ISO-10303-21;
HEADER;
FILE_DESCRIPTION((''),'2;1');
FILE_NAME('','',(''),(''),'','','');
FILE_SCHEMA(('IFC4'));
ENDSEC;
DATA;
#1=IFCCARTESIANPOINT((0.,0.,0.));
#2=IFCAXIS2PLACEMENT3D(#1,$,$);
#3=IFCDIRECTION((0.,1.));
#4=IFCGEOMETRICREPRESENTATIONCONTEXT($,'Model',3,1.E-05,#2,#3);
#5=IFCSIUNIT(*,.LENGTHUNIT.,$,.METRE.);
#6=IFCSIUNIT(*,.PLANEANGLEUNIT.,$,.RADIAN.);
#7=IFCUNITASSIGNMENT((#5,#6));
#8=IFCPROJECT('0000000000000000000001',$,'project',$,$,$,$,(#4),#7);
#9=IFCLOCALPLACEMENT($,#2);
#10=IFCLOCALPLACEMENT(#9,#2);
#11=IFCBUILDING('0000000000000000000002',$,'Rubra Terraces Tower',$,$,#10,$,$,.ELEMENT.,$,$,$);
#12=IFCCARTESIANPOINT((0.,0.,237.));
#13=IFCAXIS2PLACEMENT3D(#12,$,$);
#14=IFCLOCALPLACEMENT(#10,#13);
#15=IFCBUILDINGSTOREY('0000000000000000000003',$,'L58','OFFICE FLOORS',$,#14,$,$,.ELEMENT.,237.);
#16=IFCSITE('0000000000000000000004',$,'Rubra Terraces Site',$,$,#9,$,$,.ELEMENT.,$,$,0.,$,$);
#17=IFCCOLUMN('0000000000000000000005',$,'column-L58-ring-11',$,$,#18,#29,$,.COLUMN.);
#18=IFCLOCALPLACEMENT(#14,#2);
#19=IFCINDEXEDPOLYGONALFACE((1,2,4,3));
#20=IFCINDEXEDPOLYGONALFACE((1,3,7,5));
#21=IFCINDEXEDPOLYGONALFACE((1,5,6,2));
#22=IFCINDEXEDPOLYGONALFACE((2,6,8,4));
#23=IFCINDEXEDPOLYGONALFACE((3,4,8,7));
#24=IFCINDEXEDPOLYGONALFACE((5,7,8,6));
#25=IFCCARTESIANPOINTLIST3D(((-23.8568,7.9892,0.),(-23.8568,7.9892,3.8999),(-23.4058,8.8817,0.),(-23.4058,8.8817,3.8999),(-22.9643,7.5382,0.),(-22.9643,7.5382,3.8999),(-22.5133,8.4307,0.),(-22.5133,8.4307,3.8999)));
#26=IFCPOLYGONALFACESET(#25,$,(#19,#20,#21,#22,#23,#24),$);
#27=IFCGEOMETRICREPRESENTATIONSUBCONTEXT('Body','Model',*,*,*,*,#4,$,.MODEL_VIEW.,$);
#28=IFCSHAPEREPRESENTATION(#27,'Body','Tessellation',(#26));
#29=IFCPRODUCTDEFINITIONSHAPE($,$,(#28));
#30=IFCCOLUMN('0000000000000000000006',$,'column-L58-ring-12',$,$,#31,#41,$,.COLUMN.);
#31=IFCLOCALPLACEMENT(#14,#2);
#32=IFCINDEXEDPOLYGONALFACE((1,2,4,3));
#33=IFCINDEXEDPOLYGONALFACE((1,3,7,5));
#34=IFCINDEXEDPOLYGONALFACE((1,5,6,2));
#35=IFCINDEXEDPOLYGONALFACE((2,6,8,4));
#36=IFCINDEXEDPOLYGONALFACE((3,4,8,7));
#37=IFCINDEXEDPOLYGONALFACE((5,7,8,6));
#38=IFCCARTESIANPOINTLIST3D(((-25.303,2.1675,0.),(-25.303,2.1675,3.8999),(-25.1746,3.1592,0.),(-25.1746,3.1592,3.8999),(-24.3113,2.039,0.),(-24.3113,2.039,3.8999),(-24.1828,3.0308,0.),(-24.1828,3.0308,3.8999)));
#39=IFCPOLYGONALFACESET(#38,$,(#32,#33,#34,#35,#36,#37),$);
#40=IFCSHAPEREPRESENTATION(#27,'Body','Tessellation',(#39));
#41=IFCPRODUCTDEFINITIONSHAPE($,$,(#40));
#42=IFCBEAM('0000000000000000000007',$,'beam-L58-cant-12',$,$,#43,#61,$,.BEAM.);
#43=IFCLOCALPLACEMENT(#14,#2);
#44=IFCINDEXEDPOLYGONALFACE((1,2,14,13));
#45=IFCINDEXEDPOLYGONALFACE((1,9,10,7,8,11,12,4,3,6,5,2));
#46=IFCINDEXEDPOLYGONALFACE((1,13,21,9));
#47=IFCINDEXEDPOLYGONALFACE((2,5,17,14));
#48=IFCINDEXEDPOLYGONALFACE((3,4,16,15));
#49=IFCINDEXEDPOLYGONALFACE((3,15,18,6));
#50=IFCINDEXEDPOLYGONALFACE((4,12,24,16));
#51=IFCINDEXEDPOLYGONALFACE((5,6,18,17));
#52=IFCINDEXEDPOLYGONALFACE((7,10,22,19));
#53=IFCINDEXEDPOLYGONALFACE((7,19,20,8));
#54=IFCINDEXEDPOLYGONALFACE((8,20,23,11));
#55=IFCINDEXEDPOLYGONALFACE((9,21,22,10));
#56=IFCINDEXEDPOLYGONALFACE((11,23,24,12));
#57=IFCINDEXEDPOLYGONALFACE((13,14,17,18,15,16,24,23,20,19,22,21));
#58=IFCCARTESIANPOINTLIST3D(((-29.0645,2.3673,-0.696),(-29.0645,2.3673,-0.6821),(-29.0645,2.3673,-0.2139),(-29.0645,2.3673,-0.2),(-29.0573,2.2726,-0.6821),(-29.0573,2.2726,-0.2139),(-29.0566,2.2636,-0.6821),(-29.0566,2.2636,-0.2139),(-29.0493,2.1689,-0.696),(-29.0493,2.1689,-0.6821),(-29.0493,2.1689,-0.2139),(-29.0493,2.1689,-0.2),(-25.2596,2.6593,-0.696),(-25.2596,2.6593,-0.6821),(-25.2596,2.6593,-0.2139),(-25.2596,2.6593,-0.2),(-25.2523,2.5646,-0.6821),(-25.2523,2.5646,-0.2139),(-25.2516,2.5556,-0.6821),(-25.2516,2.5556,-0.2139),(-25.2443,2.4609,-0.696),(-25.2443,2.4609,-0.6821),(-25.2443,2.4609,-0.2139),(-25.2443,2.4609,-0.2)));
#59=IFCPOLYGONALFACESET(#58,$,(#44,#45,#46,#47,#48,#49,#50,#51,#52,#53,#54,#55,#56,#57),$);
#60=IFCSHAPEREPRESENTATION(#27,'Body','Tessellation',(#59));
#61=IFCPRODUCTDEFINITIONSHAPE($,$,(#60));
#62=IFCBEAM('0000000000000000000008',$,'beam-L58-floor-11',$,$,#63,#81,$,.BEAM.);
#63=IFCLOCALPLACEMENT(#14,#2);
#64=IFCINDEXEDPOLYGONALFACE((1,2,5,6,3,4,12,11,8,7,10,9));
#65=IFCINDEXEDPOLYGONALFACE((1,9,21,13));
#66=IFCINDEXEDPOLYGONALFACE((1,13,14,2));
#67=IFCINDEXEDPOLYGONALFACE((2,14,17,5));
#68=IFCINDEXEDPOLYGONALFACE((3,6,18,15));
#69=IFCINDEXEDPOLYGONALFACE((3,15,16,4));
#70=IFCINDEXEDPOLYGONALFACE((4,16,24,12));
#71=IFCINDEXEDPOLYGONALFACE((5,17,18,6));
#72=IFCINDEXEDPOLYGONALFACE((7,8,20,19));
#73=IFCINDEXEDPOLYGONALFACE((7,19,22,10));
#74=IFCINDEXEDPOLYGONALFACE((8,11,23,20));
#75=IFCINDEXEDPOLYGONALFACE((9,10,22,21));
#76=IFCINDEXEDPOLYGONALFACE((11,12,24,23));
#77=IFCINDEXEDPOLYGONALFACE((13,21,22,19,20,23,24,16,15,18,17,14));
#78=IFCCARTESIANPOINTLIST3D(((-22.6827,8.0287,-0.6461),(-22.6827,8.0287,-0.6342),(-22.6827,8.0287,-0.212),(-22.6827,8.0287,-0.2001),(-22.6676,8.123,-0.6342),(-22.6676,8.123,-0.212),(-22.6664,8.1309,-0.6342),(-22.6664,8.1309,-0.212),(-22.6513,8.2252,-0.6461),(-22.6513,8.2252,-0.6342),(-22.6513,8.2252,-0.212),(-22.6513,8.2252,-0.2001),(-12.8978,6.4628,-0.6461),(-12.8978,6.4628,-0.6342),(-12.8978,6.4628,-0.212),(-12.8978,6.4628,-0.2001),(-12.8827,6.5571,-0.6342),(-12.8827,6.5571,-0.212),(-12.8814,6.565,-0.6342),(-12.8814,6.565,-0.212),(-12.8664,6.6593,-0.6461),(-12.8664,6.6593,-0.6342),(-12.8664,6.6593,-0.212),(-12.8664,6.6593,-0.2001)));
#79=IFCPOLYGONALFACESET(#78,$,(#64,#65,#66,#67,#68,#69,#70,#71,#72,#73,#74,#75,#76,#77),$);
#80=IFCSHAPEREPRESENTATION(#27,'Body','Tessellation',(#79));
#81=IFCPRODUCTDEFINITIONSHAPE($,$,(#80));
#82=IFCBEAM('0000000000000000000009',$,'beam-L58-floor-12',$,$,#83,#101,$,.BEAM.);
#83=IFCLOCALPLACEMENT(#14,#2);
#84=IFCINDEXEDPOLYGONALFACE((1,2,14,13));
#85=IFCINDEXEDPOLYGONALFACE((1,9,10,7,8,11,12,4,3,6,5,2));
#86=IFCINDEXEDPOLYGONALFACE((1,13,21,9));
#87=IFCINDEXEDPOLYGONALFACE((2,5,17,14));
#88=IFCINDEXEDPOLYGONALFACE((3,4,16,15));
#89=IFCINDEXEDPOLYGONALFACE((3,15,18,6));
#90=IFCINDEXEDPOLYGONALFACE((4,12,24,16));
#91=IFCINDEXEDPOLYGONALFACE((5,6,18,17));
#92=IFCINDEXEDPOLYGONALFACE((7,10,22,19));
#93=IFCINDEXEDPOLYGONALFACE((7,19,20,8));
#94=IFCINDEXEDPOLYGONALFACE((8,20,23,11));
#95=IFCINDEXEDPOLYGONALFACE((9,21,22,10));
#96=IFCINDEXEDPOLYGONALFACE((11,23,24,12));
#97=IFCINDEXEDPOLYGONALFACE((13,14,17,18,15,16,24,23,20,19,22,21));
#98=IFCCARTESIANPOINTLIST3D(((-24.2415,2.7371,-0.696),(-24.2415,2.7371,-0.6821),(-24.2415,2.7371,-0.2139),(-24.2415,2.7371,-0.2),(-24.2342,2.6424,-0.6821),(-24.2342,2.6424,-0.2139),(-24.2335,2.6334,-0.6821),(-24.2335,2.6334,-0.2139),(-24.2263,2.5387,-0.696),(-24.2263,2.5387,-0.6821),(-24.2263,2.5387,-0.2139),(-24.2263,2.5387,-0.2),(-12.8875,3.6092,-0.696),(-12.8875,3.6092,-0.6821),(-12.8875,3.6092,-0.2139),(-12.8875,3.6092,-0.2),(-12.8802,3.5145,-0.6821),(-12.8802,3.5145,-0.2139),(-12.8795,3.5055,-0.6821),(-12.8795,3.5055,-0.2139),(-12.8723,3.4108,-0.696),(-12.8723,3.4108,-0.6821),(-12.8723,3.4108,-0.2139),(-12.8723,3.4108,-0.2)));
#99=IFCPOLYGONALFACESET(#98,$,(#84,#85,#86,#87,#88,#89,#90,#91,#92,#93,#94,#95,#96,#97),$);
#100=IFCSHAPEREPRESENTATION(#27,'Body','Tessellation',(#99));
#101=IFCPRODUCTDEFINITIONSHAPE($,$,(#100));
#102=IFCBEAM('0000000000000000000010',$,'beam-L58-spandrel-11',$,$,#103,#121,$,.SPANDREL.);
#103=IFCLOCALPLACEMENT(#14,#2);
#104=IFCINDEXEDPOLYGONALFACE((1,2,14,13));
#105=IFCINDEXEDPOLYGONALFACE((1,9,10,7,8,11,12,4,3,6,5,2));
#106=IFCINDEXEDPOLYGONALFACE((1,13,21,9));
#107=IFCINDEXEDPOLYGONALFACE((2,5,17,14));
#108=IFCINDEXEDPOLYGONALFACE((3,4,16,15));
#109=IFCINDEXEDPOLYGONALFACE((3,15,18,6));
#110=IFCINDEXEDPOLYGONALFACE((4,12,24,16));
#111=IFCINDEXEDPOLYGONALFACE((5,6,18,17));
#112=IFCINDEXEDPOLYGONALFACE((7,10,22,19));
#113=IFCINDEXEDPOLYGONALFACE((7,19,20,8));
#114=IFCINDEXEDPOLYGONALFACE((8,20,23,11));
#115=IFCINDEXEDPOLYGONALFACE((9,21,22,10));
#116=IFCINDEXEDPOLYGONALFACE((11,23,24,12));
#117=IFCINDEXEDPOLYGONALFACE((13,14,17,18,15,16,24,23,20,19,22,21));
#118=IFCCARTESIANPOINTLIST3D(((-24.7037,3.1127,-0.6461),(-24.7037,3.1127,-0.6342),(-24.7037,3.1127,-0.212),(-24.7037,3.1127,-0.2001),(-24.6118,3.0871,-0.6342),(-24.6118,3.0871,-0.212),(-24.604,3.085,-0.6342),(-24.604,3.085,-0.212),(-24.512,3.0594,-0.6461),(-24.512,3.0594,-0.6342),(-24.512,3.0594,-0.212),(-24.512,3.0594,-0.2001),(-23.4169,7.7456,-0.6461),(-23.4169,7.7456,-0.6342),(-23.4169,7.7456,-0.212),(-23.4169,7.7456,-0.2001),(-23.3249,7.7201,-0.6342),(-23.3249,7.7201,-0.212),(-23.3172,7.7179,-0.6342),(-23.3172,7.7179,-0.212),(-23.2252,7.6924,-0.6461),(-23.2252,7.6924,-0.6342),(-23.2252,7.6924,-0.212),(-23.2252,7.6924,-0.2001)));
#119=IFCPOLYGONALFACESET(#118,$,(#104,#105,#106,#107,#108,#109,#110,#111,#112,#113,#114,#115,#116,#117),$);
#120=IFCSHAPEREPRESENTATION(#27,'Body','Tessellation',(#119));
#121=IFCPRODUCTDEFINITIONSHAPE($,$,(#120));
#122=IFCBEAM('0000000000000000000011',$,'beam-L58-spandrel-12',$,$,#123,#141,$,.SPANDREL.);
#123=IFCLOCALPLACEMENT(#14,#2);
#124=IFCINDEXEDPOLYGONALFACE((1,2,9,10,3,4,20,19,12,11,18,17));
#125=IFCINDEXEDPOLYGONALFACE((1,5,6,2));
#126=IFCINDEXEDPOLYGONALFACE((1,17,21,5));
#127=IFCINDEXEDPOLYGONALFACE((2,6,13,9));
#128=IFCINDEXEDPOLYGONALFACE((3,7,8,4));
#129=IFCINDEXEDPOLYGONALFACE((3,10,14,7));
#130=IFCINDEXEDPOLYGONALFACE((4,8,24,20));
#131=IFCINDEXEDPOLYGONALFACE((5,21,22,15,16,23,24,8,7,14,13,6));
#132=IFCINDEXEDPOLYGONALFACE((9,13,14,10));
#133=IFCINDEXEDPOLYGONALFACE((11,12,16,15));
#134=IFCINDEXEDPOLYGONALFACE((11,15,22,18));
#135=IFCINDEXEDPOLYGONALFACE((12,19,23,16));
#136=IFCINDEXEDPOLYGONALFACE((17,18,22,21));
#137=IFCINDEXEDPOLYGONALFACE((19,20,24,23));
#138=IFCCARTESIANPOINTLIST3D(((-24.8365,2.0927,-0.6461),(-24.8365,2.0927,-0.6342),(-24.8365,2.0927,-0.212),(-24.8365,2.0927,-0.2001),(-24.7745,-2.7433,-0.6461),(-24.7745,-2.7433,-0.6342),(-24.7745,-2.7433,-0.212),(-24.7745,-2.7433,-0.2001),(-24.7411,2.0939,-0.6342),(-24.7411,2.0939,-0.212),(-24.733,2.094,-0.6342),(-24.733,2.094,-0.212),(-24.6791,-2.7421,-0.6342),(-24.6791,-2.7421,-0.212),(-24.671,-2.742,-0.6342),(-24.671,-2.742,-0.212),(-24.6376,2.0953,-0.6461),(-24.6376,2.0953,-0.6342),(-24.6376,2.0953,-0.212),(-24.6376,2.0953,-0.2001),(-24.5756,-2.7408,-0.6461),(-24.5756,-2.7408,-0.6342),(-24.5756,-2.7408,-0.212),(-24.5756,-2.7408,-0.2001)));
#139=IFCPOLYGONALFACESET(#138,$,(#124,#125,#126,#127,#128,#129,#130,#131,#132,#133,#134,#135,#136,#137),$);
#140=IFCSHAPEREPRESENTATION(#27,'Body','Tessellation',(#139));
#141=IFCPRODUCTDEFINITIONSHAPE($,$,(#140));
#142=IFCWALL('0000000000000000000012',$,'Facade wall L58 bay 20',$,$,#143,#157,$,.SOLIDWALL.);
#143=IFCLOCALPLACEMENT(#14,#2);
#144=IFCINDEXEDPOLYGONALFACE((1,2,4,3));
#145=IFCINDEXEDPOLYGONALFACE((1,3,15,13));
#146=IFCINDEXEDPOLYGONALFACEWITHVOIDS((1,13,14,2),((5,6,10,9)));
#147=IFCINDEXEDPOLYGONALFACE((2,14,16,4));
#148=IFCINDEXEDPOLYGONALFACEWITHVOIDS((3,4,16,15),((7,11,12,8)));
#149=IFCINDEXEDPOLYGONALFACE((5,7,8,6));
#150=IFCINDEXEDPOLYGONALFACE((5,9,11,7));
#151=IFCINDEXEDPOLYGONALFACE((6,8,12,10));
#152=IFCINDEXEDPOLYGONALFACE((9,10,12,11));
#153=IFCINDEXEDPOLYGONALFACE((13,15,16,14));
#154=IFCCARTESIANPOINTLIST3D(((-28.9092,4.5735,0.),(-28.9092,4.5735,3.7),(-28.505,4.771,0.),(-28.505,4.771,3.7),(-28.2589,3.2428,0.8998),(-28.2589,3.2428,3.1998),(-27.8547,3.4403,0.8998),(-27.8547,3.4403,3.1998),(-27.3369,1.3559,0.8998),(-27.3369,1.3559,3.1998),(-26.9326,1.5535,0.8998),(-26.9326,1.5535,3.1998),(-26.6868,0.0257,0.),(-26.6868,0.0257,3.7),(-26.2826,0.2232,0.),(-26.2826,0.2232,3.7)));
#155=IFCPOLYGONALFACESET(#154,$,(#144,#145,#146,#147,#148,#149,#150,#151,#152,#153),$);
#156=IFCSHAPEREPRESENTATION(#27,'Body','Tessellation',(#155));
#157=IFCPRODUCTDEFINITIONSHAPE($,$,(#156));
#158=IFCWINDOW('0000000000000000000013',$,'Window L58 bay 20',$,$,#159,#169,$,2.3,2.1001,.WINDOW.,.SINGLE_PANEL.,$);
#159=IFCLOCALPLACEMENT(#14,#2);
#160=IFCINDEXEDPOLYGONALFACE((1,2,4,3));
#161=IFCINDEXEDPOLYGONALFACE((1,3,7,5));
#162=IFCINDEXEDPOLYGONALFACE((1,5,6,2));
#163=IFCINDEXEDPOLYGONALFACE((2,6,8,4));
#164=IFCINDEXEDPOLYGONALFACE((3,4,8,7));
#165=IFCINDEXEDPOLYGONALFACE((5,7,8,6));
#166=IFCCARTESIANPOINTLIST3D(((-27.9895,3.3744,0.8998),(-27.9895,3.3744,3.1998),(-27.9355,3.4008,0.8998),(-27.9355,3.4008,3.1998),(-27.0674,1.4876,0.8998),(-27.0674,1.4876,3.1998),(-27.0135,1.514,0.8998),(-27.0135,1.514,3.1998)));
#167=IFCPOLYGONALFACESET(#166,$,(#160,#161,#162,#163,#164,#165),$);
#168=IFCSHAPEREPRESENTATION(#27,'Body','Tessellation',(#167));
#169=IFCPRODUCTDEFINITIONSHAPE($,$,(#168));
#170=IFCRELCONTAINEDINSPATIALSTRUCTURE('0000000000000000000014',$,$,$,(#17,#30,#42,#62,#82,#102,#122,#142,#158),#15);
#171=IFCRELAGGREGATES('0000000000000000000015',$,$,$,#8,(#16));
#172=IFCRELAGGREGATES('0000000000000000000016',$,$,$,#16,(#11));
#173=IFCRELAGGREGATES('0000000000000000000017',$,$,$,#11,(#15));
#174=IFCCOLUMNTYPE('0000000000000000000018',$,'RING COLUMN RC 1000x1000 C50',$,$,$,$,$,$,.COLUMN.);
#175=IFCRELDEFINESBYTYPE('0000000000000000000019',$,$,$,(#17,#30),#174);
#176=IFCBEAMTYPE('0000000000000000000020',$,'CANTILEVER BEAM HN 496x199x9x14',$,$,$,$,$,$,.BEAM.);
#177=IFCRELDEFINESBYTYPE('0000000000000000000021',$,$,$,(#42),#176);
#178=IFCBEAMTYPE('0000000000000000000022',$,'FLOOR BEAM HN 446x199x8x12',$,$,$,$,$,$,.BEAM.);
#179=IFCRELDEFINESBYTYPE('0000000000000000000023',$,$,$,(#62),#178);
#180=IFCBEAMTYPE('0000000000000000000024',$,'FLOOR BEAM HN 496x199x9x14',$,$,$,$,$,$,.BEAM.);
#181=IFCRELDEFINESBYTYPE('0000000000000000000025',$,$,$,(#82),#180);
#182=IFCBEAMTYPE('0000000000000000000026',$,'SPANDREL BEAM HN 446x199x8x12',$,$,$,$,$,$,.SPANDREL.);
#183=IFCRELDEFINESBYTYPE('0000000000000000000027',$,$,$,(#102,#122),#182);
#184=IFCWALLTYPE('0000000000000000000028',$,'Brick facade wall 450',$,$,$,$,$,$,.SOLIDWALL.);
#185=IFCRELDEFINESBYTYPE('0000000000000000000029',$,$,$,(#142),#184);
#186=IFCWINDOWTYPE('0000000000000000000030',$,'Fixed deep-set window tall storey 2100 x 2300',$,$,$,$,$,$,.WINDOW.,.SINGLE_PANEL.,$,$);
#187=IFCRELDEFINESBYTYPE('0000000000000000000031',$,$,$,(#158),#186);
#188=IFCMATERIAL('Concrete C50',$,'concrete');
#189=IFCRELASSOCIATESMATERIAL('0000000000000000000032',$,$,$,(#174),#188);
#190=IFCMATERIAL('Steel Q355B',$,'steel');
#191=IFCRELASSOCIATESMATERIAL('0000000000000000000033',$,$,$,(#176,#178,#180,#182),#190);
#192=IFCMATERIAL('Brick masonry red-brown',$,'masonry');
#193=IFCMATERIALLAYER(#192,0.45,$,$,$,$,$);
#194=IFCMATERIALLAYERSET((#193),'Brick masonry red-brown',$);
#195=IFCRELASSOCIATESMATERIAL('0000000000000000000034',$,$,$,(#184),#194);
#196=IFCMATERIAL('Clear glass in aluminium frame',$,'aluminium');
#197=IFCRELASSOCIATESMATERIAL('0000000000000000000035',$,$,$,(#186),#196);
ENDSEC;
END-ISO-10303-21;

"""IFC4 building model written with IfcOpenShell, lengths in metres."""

from ifc_helpers import new_model, si_unit, direction, frame, frame_2d, origin, origin_2d, place, context, subcontext, project, spatial, rectangle, i_section, extrude, material, layer, layer_set, material_profile, profile_set, type_object, element, fill, save


model = new_model("IFC4")

# Units and contexts
model_context = context("Model", 3, precision=1e-05, world=origin(), true_north=direction((0.0, 1.0)))
body_context = subcontext(model_context, "Body", "Model", "MODEL_VIEW")
ifc_project = project(units=[si_unit("LENGTHUNIT", "METRE"), si_unit("PLANEANGLEUNIT", "RADIAN")], contexts=[model_context])

# Site, building, storey
site_placement = place(None, origin())
site = spatial("IfcSite", under=ifc_project, at=site_placement, Name="Rubra Terraces Site", CompositionType="ELEMENT", RefElevation=0.0)
building_placement = place(site_placement, origin())
building = spatial("IfcBuilding", under=site, at=building_placement, Name="Rubra Terraces Tower", CompositionType="ELEMENT")
storey_placement = place(building_placement, frame((0.0, 0.0, 237.0)))
storey = spatial("IfcBuildingStorey", under=building, at=storey_placement, Name="L58", Description="OFFICE FLOORS", CompositionType="ELEMENT", Elevation=237.0)

# Columns
ifc_material_1 = material(Name="Concrete C50", Category="concrete")
ifc_material_profile_1 = material_profile(ifc_material_1, rectangle(XDim=1.0, YDim=1.0, at=origin_2d()), Name="RC 1000x1000")
ifc_profile_set_1 = profile_set([ifc_material_profile_1], Name="Concrete C50")
column_type = type_object("IfcColumnType", Name="RING COLUMN RC 1000x1000 C50", PredefinedType="COLUMN", material=ifc_profile_set_1)
for number, where, z_axis, x_axis, name in (
    (1, (-23.1851, 8.21, 0.0), (0.0, 0.0, 1.0), (-0.451028, -0.89251, 0.0), "column-L58-ring-11"),
    (2, (-24.7429, 2.5991, 0.0), (0.0, 0.0, 1.0), (-0.128444, -0.991717, 0.0), "column-L58-ring-12"),
):
    element("IfcColumn", number, at=place(storey_placement, frame(where, z_axis=z_axis, x_axis=x_axis)), inside=storey, type_object=column_type, Name=name, PredefinedType="COLUMN", context=body_context, shape_type="SweptSolid", body=[
        extrude(rectangle(XDim=1.0, YDim=1.0, at=origin_2d()), origin(), (0.0, 0.0, 1.0), 3.8999),
    ])

# Beams
ifc_material_2 = material(Name="Steel Q355B", Category="steel")
ifc_material_profile_2 = material_profile(ifc_material_2, i_section(OverallWidth=0.199, OverallDepth=0.4961, WebThickness=0.009, FlangeThickness=0.0139, at=origin_2d()), Name="HN 496x199x9x14")
ifc_profile_set_2 = profile_set([ifc_material_profile_2], Name="Steel Q355B")
beam_type_1 = type_object("IfcBeamType", Name="CANTILEVER BEAM HN 496x199x9x14", PredefinedType="BEAM", material=ifc_profile_set_2)
beam_1_placement = place(storey_placement, frame((-25.252, 2.5601, -0.448), z_axis=(-0.997068, -0.076515, 0.0), x_axis=(0.076515, -0.997068, 0.0)))
element("IfcBeam", 3, at=beam_1_placement, inside=storey, type_object=beam_type_1, Name="beam-L58-cant-12", PredefinedType="BEAM", context=body_context, shape_type="SweptSolid", body=[
    extrude(i_section(OverallWidth=0.199, OverallDepth=0.4961, WebThickness=0.009, FlangeThickness=0.0139, at=origin_2d()), origin(), (0.0, 0.0, 1.0), 3.8162),
])
ifc_material_profile_3 = material_profile(ifc_material_2, i_section(OverallWidth=0.199, OverallDepth=0.446, WebThickness=0.0081, FlangeThickness=0.012, at=origin_2d()), Name="HN 446x199x8x12")
ifc_profile_set_3 = profile_set([ifc_material_profile_3], Name="Steel Q355B")
beam_type_2 = type_object("IfcBeamType", Name="FLOOR BEAM HN 446x199x8x12", PredefinedType="BEAM", material=ifc_profile_set_3)
beam_2_placement = place(storey_placement, frame((-22.667, 8.127, -0.4231), z_axis=(0.987435, -0.158023, 0.0), x_axis=(0.158023, 0.987435, 0.0)))
element("IfcBeam", 4, at=beam_2_placement, inside=storey, type_object=beam_type_2, Name="beam-L58-floor-11", PredefinedType="BEAM", context=body_context, shape_type="SweptSolid", body=[
    extrude(i_section(OverallWidth=0.199, OverallDepth=0.446, WebThickness=0.0081, FlangeThickness=0.012, at=origin_2d()), origin(), (0.0, 0.0, 1.0), 9.9094),
])
ifc_material_profile_4 = material_profile(ifc_material_2, i_section(OverallWidth=0.199, OverallDepth=0.4961, WebThickness=0.009, FlangeThickness=0.0139, at=origin_2d()), Name="HN 496x199x9x14")
ifc_profile_set_4 = profile_set([ifc_material_profile_4], Name="Steel Q355B")
beam_type_3 = type_object("IfcBeamType", Name="FLOOR BEAM HN 496x199x9x14", PredefinedType="BEAM", material=ifc_profile_set_4)
beam_3_placement = place(storey_placement, frame((-24.2339, 2.6379, -0.448), z_axis=(0.997063, 0.076582, 0.0), x_axis=(-0.076582, 0.997063, 0.0)))
element("IfcBeam", 5, at=beam_3_placement, inside=storey, type_object=beam_type_3, Name="beam-L58-floor-12", PredefinedType="BEAM", context=body_context, shape_type="SweptSolid", body=[
    extrude(i_section(OverallWidth=0.199, OverallDepth=0.4961, WebThickness=0.009, FlangeThickness=0.0139, at=origin_2d()), origin(), (0.0, 0.0, 1.0), 11.3875),
])
ifc_material_profile_5 = material_profile(ifc_material_2, i_section(OverallWidth=0.199, OverallDepth=0.446, WebThickness=0.0081, FlangeThickness=0.012, at=origin_2d()), Name="HN 446x199x8x12")
ifc_profile_set_5 = profile_set([ifc_material_profile_5], Name="Steel Q355B")
beam_type_4 = type_object("IfcBeamType", Name="SPANDREL BEAM HN 446x199x8x12", PredefinedType="SPANDREL", material=ifc_profile_set_5)
beam_4_placement = place(storey_placement, frame((-23.321, 7.719, -0.4231), z_axis=(-0.267626, -0.963523, 0.0), x_axis=(0.963523, -0.267626, 0.0)))
element("IfcBeam", 6, at=beam_4_placement, inside=storey, type_object=beam_type_4, Name="beam-L58-spandrel-11", PredefinedType="SPANDREL", context=body_context, shape_type="SweptSolid", body=[
    extrude(i_section(OverallWidth=0.199, OverallDepth=0.446, WebThickness=0.0081, FlangeThickness=0.012, at=origin_2d()), origin(), (0.0, 0.0, 1.0), 4.8083),
])
beam_5_placement = place(storey_placement, frame((-24.7371, 2.094, -0.4231), z_axis=(0.012822, -0.999918, 0.0), x_axis=(0.999918, 0.012822, 0.0)))
element("IfcBeam", 7, at=beam_5_placement, inside=storey, type_object=beam_type_4, Name="beam-L58-spandrel-12", PredefinedType="SPANDREL", context=body_context, shape_type="SweptSolid", body=[
    extrude(i_section(OverallWidth=0.199, OverallDepth=0.446, WebThickness=0.0081, FlangeThickness=0.012, at=origin_2d()), origin(), (0.0, 0.0, 1.0), 4.8364),
])

# Wall, opening, window
ifc_material_3 = material(Name="Brick masonry red-brown", Category="masonry")
ifc_layer_1 = layer(ifc_material_3, 0.45)
ifc_layer_set_1 = layer_set([ifc_layer_1], Name="Brick masonry red-brown")
wall_type_1 = type_object("IfcWallType", Name="Brick facade wall 450", PredefinedType="SOLIDWALL", material=ifc_layer_set_1)
wall_1_placement = place(storey_placement, frame((-28.707, 4.6721, 0.0), z_axis=(0.0, 0.0, 1.0), x_axis=(0.439054, -0.898461, 0.0)))
wall_1 = element("IfcWall", 8, at=wall_1_placement, inside=storey, type_object=wall_type_1, Name="Facade wall L58 bay 20", PredefinedType="SOLIDWALL", context=body_context, shape_type="SweptSolid", body=[
    extrude(rectangle(XDim=5.0618, YDim=0.45, at=frame_2d((2.5308, 0.0))), origin(), (0.0, 0.0, 1.0), 3.7),
])
opening_1_placement = place(wall_1_placement, frame((1.481, 0.0, 0.8999)))
opening_1 = element("IfcOpeningElement", 9, at=opening_1_placement, cuts=wall_1, PredefinedType="OPENING", context=body_context, shape_type="SweptSolid", body=[
    extrude(rectangle(XDim=2.1001, YDim=2.3, at=frame_2d((1.05, 1.1499))), frame((0.0, 0.2349, 0.0), z_axis=(0.0, -1.0, 0.0), x_axis=(1.0, 0.0, 0.0)), (0.0, 0.0, 1.0), 0.47),
])
ifc_material_4 = material(Name="Clear glass in aluminium frame", Category="aluminium")
window_type = type_object("IfcWindowType", Name="Fixed deep-set window tall storey 2100 x 2300", PartitioningType="SINGLE_PANEL", PredefinedType="WINDOW", material=ifc_material_4)
window_placement = place(opening_1_placement, origin())
window = element("IfcWindow", 10, at=window_placement, inside=storey, type_object=window_type, Name="Window L58 bay 20", OverallHeight=2.3, OverallWidth=2.1001, PartitioningType="SINGLE_PANEL", PredefinedType="WINDOW", context=body_context, shape_type="SweptSolid", body=[
    extrude(rectangle(XDim=2.1001, YDim=2.3, at=frame_2d((1.05, 1.1499))), frame((0.0, 0.135, 0.0), z_axis=(0.0, -1.0, 0.0), x_axis=(1.0, 0.0, 0.0)), (0.0, 0.0, 1.0), 0.0601),
])
fill(opening_1, window)

save(model, "model.ifc")
